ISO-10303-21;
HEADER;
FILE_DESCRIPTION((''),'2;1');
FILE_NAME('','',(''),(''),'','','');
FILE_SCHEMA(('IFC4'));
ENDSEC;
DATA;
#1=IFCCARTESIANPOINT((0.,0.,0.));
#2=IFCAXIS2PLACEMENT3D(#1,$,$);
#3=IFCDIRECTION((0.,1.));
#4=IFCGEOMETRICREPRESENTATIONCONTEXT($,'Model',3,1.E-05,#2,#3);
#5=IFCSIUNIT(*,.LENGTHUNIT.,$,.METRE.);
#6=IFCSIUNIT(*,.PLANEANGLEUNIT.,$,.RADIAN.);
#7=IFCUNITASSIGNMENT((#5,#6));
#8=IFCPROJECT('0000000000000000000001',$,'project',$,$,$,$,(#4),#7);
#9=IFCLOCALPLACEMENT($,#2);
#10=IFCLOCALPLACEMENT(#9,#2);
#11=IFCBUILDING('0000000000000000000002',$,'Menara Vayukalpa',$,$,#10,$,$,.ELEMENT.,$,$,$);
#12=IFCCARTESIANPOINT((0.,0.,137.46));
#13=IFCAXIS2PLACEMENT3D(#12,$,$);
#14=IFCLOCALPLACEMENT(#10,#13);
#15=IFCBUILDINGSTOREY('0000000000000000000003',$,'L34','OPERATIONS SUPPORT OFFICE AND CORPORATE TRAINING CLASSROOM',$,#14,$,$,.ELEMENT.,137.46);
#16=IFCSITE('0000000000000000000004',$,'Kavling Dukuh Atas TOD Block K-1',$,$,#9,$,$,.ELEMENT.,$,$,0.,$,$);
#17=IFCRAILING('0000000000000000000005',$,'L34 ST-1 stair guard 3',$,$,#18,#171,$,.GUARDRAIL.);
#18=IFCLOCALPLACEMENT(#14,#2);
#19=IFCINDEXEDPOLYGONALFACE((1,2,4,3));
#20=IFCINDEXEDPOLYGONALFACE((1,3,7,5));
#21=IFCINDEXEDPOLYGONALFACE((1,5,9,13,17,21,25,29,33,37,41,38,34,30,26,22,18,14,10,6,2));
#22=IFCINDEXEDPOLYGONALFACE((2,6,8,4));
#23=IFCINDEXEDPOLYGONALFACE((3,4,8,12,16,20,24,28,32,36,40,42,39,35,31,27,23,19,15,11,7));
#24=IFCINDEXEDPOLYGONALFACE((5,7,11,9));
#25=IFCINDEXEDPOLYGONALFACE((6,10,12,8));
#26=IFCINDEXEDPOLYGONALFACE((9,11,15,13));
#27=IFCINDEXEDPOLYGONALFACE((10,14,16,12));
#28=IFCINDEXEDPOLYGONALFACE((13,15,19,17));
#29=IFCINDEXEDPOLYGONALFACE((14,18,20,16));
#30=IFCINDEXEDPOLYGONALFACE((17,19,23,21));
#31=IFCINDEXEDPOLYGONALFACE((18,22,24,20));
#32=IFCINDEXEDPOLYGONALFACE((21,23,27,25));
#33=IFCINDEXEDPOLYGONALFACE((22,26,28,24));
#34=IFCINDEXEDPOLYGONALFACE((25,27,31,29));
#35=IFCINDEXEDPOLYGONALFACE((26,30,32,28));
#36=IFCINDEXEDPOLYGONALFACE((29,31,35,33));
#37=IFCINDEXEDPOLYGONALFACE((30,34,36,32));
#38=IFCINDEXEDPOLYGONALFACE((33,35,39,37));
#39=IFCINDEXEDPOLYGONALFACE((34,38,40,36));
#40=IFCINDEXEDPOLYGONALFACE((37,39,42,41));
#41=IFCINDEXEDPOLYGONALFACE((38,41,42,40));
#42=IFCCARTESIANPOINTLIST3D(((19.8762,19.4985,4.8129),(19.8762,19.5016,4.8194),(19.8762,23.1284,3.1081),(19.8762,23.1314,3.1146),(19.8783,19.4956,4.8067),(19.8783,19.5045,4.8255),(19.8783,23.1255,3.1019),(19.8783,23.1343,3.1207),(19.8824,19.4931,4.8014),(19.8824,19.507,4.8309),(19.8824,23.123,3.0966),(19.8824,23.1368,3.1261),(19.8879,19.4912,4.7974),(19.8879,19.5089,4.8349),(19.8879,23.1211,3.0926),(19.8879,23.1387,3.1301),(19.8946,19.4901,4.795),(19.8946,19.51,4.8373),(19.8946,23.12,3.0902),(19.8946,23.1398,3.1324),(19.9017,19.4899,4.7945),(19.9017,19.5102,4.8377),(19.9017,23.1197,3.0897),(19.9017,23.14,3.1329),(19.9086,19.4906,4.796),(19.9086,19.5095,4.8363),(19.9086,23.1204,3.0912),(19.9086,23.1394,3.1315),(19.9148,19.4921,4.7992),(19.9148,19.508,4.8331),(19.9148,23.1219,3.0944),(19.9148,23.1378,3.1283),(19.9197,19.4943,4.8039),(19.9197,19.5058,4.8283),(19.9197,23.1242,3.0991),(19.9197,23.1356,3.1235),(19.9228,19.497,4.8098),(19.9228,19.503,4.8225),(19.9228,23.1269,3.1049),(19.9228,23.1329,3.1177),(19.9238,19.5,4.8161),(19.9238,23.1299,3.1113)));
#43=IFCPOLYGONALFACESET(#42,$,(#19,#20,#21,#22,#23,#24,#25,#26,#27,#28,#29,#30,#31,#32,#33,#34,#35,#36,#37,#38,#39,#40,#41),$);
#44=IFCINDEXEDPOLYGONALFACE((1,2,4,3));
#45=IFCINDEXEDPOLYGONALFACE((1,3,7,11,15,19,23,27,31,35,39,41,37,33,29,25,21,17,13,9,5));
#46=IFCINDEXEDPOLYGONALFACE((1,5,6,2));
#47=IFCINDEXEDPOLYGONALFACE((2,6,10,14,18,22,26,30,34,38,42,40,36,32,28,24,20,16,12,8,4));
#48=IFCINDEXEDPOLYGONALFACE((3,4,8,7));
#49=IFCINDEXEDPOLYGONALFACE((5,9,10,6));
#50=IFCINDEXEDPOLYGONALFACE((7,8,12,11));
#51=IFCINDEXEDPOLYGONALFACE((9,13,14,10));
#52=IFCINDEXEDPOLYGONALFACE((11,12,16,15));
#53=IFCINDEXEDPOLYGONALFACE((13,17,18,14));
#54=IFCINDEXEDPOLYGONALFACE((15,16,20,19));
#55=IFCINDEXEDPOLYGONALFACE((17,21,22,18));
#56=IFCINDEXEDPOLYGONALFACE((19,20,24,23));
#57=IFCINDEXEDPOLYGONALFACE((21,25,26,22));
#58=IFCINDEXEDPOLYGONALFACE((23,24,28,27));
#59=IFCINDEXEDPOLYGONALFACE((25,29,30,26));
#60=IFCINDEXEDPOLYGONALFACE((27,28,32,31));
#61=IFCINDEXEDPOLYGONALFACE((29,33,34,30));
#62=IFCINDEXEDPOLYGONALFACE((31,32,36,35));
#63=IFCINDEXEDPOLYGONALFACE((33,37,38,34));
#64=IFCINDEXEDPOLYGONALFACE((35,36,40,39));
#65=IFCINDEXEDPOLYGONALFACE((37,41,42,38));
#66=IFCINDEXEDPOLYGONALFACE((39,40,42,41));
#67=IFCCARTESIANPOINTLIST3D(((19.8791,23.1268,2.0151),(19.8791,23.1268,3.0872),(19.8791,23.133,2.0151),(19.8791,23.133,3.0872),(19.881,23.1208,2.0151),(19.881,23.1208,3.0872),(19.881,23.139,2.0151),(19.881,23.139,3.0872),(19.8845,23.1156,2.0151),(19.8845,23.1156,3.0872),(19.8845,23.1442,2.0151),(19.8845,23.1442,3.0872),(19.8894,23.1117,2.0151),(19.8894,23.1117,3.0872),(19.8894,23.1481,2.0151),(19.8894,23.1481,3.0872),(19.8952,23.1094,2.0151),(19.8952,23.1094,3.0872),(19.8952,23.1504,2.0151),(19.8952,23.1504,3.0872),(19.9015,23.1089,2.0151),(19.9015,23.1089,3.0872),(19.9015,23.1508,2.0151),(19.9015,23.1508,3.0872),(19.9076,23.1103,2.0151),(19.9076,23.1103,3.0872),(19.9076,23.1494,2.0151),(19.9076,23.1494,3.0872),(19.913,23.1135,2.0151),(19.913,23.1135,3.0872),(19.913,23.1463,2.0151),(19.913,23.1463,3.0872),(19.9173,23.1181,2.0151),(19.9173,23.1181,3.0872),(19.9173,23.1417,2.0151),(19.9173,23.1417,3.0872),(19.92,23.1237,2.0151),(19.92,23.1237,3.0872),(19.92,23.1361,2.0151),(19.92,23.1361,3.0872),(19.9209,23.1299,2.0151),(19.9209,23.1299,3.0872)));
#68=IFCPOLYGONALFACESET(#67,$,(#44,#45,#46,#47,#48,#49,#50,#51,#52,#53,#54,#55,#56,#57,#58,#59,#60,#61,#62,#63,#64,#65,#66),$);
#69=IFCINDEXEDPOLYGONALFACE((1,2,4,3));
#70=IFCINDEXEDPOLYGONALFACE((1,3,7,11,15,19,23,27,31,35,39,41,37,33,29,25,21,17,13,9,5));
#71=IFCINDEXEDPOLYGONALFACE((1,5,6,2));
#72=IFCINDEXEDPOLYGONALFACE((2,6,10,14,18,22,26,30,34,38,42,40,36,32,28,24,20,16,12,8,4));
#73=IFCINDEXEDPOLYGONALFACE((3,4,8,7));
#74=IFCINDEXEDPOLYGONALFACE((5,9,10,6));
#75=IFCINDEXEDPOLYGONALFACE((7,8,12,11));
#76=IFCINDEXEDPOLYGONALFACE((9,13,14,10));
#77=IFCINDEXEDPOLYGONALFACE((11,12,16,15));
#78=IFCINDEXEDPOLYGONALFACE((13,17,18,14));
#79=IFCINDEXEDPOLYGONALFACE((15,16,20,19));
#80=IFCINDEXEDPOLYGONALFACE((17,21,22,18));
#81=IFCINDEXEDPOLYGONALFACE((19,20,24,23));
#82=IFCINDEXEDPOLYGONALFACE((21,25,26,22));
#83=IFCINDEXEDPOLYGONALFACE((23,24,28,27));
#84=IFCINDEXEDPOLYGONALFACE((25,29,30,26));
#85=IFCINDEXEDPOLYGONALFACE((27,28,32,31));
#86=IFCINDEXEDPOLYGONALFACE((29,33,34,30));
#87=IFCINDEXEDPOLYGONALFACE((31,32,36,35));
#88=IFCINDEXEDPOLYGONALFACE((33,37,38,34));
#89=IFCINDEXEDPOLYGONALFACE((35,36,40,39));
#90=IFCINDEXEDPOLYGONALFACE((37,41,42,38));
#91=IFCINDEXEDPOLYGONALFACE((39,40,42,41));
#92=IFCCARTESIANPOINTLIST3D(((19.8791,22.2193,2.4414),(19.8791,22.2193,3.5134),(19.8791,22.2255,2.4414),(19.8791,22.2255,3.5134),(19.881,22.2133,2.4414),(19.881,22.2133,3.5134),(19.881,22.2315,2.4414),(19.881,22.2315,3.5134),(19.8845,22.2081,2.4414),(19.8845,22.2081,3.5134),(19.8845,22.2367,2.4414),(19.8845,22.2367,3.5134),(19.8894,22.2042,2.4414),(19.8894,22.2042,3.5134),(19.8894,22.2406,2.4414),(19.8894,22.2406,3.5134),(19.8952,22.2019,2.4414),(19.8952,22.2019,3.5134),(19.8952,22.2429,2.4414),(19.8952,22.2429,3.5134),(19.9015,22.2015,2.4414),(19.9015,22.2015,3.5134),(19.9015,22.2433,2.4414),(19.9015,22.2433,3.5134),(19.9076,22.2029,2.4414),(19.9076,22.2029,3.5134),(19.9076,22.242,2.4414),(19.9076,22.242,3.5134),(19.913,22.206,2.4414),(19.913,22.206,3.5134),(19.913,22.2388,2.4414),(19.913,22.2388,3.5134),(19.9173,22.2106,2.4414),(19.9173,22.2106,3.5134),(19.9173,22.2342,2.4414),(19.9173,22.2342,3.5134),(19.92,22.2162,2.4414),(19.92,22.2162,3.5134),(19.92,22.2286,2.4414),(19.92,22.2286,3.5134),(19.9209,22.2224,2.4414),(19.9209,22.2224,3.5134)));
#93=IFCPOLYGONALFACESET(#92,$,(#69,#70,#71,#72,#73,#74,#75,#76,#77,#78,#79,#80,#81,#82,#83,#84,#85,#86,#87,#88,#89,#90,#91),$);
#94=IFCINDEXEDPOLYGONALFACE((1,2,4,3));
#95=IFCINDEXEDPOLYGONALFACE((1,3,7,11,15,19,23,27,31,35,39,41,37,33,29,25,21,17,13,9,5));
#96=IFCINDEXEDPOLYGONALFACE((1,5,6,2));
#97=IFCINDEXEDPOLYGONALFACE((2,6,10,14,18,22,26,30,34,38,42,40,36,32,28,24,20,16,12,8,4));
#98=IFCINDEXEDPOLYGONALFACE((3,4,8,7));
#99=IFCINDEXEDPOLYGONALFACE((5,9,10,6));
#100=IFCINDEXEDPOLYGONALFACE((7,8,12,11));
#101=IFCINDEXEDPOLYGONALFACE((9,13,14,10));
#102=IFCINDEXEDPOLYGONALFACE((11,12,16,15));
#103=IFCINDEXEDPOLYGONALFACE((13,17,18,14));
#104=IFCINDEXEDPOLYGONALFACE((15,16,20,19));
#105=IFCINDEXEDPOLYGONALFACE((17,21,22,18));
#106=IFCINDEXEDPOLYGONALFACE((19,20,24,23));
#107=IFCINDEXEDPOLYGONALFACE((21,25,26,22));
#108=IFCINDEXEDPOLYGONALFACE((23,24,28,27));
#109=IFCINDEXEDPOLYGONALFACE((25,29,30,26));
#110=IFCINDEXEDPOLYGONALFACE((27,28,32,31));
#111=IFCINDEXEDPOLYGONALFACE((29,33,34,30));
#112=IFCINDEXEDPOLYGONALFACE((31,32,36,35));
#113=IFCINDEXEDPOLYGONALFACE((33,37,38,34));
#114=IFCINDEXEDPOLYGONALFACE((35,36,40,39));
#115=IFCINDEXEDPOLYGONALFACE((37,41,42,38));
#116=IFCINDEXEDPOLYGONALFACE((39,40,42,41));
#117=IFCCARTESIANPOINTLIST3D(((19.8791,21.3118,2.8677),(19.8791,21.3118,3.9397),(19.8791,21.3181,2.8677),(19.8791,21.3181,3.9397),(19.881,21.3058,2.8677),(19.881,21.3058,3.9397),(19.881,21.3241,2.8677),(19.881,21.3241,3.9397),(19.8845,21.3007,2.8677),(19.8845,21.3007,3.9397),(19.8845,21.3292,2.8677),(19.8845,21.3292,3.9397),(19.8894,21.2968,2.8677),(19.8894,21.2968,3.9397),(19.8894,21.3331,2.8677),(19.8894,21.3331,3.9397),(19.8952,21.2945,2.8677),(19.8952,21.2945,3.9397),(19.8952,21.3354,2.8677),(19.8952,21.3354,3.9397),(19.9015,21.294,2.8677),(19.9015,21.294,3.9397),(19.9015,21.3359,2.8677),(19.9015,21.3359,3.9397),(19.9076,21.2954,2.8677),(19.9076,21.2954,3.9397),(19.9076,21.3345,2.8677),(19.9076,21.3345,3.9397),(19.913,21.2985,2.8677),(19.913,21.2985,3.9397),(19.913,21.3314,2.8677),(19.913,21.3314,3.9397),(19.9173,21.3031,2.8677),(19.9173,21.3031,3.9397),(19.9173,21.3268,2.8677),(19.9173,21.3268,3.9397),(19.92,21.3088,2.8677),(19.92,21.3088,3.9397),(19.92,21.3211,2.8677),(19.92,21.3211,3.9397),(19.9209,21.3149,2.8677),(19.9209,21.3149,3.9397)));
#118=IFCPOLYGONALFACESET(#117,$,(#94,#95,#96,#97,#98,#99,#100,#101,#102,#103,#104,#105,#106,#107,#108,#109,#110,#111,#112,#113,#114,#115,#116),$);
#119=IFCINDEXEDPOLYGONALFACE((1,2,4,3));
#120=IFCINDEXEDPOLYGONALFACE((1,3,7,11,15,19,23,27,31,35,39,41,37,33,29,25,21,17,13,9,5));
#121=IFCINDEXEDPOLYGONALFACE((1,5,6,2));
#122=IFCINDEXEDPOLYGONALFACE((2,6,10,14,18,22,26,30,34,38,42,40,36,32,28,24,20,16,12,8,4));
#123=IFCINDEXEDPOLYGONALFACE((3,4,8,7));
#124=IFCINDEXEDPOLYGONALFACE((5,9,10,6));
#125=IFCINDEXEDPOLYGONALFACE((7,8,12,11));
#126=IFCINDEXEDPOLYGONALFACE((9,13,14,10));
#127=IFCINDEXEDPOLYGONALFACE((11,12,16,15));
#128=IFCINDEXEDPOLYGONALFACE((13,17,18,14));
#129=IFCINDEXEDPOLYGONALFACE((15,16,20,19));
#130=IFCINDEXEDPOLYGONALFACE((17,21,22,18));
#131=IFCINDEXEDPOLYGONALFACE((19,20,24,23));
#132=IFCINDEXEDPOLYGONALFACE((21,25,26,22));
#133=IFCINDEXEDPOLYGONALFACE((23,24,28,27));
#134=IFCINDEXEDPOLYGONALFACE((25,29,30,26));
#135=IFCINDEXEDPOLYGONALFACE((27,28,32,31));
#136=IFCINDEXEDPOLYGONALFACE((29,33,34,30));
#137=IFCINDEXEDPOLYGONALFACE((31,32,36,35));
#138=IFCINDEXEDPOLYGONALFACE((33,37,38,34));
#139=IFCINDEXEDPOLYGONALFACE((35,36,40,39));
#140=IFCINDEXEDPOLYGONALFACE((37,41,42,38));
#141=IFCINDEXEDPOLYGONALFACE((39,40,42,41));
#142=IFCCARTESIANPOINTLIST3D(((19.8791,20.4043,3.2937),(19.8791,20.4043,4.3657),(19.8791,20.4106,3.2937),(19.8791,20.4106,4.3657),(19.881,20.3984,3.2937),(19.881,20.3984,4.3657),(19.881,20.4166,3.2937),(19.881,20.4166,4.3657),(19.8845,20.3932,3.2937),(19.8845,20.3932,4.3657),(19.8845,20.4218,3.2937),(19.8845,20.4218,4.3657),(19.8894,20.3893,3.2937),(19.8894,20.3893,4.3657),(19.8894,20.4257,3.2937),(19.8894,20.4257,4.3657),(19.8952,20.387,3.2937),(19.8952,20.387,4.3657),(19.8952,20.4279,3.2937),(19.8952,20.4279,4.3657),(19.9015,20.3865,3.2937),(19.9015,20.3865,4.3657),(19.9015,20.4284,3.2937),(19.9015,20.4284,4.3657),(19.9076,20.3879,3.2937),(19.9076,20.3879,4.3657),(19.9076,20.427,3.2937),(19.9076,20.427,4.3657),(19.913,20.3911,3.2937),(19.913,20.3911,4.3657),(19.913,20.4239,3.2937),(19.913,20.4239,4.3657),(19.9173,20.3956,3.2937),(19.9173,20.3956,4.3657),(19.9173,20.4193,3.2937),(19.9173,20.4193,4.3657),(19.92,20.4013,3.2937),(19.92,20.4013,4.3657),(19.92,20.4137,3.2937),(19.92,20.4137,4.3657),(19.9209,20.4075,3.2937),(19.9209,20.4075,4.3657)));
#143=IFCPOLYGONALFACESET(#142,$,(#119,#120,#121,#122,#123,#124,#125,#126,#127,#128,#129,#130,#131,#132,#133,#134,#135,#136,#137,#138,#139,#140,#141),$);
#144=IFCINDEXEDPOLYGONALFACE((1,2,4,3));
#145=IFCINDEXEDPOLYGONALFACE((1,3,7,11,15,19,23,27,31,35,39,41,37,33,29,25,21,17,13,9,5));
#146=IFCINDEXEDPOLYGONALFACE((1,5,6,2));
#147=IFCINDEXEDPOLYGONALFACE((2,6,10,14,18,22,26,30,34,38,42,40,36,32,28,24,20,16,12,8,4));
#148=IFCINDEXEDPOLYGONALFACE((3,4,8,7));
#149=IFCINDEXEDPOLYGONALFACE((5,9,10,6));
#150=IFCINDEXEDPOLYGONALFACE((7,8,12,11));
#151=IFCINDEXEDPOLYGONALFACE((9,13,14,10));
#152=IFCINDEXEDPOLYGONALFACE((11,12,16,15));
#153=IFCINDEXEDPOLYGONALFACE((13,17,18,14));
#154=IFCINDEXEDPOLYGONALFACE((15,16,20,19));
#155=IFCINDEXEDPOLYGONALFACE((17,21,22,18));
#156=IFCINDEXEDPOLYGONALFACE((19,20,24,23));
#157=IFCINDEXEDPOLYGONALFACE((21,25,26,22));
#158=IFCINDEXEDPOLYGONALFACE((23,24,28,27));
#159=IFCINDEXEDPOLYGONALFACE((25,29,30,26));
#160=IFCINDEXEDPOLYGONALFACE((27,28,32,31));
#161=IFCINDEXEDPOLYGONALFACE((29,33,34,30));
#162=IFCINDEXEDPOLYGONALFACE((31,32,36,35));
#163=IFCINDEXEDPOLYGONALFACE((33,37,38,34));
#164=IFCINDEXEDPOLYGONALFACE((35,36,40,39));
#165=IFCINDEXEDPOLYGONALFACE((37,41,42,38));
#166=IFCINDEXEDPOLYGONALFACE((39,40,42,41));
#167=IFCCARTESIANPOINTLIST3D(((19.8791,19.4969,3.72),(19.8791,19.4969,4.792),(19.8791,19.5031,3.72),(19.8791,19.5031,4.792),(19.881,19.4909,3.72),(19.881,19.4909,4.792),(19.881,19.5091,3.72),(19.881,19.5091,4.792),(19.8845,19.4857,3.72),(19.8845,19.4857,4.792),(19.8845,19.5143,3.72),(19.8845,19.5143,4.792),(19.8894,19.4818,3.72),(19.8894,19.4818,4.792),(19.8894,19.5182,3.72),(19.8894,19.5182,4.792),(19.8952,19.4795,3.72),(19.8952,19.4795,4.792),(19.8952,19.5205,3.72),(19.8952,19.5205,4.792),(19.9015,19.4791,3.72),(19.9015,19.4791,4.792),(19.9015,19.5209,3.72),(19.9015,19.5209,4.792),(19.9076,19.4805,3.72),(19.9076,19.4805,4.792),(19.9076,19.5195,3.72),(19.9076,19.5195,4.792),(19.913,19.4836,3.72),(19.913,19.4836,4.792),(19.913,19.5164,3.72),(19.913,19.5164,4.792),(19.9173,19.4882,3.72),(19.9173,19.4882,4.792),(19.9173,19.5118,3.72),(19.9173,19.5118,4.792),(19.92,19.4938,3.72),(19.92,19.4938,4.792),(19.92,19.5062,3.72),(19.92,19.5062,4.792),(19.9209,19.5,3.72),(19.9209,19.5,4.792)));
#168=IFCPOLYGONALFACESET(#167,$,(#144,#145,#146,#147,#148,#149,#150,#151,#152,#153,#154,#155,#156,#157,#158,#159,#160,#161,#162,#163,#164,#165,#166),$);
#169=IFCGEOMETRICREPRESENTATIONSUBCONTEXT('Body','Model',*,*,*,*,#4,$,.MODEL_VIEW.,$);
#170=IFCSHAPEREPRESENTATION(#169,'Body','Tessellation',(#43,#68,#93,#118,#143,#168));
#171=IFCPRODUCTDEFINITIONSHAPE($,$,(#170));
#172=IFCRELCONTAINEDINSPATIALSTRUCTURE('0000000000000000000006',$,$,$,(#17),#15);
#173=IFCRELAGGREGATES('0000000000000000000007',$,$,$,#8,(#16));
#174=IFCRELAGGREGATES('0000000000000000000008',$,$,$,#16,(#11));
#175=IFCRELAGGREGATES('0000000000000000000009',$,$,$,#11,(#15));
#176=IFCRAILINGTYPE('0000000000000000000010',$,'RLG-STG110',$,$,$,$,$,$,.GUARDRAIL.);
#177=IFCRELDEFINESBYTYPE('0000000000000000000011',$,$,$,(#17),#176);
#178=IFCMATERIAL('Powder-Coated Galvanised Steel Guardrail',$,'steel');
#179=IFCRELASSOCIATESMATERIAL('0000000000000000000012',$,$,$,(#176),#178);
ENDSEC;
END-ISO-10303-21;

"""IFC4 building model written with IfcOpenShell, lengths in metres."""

from ifc_helpers import new_model, si_unit, direction, frame, origin, origin_2d, place, context, subcontext, project, spatial, circle, extrude, material, type_object, element, save


model = new_model("IFC4")

# Units and contexts
model_context = context("Model", 3, precision=1e-05, world=origin(), true_north=direction((0.0, 1.0)))
body_context = subcontext(model_context, "Body", "Model", "MODEL_VIEW")
ifc_project = project(units=[si_unit("LENGTHUNIT", "METRE"), si_unit("PLANEANGLEUNIT", "RADIAN")], contexts=[model_context])

# Site, building, storey
site_placement = place(None, origin())
site = spatial("IfcSite", under=ifc_project, at=site_placement, Name="Kavling Dukuh Atas TOD Block K-1", CompositionType="ELEMENT", RefElevation=0.0)
building_placement = place(site_placement, origin())
building = spatial("IfcBuilding", under=site, at=building_placement, Name="Menara Vayukalpa", CompositionType="ELEMENT")
storey_placement = place(building_placement, frame((0.0, 0.0, 137.46)))
storey = spatial("IfcBuildingStorey", under=building, at=storey_placement, Name="L34", Description="OPERATIONS SUPPORT OFFICE AND CORPORATE TRAINING CLASSROOM", CompositionType="ELEMENT", Elevation=137.46)

# Railing
ifc_material_1 = material(Name="Powder-Coated Galvanised Steel Guardrail", Category="steel")
railing_type_1 = type_object("IfcRailingType", Name="RLG-STG110", PredefinedType="GUARDRAIL", material=ifc_material_1)
railing_1_placement = place(storey_placement, frame((19.8999, 23.1299, 2.0151)))
element("IfcRailing", 1, at=railing_1_placement, inside=storey, type_object=railing_type_1, Name="L34 ST-1 stair guard 3", PredefinedType="GUARDRAIL", context=body_context, shape_type="SweptSolid", body=[
    extrude(circle(Radius=0.0239, at=origin_2d()), frame((0.0, 0.0, 1.0962), z_axis=(0.0, -0.90514, 0.425114), x_axis=(1.0, 0.0, 0.0)), (0.0, 0.0, 1.0), 4.0103),
    extrude(circle(Radius=0.021, at=origin_2d()), origin(), (0.0, 0.0, 1.0), 1.072),
    extrude(circle(Radius=0.021, at=origin_2d()), frame((0.0, -0.9075, 0.4263)), (0.0, 0.0, 1.0), 1.072),
    extrude(circle(Radius=0.021, at=origin_2d()), frame((0.0, -1.8149, 0.8525)), (0.0, 0.0, 1.0), 1.072),
    extrude(circle(Radius=0.021, at=origin_2d()), frame((0.0, -2.7224, 1.2786)), (0.0, 0.0, 1.0), 1.072),
    extrude(circle(Radius=0.021, at=origin_2d()), frame((0.0, -3.6299, 1.7048)), (0.0, 0.0, 1.0), 1.072),
])

save(model, "model.ifc")
